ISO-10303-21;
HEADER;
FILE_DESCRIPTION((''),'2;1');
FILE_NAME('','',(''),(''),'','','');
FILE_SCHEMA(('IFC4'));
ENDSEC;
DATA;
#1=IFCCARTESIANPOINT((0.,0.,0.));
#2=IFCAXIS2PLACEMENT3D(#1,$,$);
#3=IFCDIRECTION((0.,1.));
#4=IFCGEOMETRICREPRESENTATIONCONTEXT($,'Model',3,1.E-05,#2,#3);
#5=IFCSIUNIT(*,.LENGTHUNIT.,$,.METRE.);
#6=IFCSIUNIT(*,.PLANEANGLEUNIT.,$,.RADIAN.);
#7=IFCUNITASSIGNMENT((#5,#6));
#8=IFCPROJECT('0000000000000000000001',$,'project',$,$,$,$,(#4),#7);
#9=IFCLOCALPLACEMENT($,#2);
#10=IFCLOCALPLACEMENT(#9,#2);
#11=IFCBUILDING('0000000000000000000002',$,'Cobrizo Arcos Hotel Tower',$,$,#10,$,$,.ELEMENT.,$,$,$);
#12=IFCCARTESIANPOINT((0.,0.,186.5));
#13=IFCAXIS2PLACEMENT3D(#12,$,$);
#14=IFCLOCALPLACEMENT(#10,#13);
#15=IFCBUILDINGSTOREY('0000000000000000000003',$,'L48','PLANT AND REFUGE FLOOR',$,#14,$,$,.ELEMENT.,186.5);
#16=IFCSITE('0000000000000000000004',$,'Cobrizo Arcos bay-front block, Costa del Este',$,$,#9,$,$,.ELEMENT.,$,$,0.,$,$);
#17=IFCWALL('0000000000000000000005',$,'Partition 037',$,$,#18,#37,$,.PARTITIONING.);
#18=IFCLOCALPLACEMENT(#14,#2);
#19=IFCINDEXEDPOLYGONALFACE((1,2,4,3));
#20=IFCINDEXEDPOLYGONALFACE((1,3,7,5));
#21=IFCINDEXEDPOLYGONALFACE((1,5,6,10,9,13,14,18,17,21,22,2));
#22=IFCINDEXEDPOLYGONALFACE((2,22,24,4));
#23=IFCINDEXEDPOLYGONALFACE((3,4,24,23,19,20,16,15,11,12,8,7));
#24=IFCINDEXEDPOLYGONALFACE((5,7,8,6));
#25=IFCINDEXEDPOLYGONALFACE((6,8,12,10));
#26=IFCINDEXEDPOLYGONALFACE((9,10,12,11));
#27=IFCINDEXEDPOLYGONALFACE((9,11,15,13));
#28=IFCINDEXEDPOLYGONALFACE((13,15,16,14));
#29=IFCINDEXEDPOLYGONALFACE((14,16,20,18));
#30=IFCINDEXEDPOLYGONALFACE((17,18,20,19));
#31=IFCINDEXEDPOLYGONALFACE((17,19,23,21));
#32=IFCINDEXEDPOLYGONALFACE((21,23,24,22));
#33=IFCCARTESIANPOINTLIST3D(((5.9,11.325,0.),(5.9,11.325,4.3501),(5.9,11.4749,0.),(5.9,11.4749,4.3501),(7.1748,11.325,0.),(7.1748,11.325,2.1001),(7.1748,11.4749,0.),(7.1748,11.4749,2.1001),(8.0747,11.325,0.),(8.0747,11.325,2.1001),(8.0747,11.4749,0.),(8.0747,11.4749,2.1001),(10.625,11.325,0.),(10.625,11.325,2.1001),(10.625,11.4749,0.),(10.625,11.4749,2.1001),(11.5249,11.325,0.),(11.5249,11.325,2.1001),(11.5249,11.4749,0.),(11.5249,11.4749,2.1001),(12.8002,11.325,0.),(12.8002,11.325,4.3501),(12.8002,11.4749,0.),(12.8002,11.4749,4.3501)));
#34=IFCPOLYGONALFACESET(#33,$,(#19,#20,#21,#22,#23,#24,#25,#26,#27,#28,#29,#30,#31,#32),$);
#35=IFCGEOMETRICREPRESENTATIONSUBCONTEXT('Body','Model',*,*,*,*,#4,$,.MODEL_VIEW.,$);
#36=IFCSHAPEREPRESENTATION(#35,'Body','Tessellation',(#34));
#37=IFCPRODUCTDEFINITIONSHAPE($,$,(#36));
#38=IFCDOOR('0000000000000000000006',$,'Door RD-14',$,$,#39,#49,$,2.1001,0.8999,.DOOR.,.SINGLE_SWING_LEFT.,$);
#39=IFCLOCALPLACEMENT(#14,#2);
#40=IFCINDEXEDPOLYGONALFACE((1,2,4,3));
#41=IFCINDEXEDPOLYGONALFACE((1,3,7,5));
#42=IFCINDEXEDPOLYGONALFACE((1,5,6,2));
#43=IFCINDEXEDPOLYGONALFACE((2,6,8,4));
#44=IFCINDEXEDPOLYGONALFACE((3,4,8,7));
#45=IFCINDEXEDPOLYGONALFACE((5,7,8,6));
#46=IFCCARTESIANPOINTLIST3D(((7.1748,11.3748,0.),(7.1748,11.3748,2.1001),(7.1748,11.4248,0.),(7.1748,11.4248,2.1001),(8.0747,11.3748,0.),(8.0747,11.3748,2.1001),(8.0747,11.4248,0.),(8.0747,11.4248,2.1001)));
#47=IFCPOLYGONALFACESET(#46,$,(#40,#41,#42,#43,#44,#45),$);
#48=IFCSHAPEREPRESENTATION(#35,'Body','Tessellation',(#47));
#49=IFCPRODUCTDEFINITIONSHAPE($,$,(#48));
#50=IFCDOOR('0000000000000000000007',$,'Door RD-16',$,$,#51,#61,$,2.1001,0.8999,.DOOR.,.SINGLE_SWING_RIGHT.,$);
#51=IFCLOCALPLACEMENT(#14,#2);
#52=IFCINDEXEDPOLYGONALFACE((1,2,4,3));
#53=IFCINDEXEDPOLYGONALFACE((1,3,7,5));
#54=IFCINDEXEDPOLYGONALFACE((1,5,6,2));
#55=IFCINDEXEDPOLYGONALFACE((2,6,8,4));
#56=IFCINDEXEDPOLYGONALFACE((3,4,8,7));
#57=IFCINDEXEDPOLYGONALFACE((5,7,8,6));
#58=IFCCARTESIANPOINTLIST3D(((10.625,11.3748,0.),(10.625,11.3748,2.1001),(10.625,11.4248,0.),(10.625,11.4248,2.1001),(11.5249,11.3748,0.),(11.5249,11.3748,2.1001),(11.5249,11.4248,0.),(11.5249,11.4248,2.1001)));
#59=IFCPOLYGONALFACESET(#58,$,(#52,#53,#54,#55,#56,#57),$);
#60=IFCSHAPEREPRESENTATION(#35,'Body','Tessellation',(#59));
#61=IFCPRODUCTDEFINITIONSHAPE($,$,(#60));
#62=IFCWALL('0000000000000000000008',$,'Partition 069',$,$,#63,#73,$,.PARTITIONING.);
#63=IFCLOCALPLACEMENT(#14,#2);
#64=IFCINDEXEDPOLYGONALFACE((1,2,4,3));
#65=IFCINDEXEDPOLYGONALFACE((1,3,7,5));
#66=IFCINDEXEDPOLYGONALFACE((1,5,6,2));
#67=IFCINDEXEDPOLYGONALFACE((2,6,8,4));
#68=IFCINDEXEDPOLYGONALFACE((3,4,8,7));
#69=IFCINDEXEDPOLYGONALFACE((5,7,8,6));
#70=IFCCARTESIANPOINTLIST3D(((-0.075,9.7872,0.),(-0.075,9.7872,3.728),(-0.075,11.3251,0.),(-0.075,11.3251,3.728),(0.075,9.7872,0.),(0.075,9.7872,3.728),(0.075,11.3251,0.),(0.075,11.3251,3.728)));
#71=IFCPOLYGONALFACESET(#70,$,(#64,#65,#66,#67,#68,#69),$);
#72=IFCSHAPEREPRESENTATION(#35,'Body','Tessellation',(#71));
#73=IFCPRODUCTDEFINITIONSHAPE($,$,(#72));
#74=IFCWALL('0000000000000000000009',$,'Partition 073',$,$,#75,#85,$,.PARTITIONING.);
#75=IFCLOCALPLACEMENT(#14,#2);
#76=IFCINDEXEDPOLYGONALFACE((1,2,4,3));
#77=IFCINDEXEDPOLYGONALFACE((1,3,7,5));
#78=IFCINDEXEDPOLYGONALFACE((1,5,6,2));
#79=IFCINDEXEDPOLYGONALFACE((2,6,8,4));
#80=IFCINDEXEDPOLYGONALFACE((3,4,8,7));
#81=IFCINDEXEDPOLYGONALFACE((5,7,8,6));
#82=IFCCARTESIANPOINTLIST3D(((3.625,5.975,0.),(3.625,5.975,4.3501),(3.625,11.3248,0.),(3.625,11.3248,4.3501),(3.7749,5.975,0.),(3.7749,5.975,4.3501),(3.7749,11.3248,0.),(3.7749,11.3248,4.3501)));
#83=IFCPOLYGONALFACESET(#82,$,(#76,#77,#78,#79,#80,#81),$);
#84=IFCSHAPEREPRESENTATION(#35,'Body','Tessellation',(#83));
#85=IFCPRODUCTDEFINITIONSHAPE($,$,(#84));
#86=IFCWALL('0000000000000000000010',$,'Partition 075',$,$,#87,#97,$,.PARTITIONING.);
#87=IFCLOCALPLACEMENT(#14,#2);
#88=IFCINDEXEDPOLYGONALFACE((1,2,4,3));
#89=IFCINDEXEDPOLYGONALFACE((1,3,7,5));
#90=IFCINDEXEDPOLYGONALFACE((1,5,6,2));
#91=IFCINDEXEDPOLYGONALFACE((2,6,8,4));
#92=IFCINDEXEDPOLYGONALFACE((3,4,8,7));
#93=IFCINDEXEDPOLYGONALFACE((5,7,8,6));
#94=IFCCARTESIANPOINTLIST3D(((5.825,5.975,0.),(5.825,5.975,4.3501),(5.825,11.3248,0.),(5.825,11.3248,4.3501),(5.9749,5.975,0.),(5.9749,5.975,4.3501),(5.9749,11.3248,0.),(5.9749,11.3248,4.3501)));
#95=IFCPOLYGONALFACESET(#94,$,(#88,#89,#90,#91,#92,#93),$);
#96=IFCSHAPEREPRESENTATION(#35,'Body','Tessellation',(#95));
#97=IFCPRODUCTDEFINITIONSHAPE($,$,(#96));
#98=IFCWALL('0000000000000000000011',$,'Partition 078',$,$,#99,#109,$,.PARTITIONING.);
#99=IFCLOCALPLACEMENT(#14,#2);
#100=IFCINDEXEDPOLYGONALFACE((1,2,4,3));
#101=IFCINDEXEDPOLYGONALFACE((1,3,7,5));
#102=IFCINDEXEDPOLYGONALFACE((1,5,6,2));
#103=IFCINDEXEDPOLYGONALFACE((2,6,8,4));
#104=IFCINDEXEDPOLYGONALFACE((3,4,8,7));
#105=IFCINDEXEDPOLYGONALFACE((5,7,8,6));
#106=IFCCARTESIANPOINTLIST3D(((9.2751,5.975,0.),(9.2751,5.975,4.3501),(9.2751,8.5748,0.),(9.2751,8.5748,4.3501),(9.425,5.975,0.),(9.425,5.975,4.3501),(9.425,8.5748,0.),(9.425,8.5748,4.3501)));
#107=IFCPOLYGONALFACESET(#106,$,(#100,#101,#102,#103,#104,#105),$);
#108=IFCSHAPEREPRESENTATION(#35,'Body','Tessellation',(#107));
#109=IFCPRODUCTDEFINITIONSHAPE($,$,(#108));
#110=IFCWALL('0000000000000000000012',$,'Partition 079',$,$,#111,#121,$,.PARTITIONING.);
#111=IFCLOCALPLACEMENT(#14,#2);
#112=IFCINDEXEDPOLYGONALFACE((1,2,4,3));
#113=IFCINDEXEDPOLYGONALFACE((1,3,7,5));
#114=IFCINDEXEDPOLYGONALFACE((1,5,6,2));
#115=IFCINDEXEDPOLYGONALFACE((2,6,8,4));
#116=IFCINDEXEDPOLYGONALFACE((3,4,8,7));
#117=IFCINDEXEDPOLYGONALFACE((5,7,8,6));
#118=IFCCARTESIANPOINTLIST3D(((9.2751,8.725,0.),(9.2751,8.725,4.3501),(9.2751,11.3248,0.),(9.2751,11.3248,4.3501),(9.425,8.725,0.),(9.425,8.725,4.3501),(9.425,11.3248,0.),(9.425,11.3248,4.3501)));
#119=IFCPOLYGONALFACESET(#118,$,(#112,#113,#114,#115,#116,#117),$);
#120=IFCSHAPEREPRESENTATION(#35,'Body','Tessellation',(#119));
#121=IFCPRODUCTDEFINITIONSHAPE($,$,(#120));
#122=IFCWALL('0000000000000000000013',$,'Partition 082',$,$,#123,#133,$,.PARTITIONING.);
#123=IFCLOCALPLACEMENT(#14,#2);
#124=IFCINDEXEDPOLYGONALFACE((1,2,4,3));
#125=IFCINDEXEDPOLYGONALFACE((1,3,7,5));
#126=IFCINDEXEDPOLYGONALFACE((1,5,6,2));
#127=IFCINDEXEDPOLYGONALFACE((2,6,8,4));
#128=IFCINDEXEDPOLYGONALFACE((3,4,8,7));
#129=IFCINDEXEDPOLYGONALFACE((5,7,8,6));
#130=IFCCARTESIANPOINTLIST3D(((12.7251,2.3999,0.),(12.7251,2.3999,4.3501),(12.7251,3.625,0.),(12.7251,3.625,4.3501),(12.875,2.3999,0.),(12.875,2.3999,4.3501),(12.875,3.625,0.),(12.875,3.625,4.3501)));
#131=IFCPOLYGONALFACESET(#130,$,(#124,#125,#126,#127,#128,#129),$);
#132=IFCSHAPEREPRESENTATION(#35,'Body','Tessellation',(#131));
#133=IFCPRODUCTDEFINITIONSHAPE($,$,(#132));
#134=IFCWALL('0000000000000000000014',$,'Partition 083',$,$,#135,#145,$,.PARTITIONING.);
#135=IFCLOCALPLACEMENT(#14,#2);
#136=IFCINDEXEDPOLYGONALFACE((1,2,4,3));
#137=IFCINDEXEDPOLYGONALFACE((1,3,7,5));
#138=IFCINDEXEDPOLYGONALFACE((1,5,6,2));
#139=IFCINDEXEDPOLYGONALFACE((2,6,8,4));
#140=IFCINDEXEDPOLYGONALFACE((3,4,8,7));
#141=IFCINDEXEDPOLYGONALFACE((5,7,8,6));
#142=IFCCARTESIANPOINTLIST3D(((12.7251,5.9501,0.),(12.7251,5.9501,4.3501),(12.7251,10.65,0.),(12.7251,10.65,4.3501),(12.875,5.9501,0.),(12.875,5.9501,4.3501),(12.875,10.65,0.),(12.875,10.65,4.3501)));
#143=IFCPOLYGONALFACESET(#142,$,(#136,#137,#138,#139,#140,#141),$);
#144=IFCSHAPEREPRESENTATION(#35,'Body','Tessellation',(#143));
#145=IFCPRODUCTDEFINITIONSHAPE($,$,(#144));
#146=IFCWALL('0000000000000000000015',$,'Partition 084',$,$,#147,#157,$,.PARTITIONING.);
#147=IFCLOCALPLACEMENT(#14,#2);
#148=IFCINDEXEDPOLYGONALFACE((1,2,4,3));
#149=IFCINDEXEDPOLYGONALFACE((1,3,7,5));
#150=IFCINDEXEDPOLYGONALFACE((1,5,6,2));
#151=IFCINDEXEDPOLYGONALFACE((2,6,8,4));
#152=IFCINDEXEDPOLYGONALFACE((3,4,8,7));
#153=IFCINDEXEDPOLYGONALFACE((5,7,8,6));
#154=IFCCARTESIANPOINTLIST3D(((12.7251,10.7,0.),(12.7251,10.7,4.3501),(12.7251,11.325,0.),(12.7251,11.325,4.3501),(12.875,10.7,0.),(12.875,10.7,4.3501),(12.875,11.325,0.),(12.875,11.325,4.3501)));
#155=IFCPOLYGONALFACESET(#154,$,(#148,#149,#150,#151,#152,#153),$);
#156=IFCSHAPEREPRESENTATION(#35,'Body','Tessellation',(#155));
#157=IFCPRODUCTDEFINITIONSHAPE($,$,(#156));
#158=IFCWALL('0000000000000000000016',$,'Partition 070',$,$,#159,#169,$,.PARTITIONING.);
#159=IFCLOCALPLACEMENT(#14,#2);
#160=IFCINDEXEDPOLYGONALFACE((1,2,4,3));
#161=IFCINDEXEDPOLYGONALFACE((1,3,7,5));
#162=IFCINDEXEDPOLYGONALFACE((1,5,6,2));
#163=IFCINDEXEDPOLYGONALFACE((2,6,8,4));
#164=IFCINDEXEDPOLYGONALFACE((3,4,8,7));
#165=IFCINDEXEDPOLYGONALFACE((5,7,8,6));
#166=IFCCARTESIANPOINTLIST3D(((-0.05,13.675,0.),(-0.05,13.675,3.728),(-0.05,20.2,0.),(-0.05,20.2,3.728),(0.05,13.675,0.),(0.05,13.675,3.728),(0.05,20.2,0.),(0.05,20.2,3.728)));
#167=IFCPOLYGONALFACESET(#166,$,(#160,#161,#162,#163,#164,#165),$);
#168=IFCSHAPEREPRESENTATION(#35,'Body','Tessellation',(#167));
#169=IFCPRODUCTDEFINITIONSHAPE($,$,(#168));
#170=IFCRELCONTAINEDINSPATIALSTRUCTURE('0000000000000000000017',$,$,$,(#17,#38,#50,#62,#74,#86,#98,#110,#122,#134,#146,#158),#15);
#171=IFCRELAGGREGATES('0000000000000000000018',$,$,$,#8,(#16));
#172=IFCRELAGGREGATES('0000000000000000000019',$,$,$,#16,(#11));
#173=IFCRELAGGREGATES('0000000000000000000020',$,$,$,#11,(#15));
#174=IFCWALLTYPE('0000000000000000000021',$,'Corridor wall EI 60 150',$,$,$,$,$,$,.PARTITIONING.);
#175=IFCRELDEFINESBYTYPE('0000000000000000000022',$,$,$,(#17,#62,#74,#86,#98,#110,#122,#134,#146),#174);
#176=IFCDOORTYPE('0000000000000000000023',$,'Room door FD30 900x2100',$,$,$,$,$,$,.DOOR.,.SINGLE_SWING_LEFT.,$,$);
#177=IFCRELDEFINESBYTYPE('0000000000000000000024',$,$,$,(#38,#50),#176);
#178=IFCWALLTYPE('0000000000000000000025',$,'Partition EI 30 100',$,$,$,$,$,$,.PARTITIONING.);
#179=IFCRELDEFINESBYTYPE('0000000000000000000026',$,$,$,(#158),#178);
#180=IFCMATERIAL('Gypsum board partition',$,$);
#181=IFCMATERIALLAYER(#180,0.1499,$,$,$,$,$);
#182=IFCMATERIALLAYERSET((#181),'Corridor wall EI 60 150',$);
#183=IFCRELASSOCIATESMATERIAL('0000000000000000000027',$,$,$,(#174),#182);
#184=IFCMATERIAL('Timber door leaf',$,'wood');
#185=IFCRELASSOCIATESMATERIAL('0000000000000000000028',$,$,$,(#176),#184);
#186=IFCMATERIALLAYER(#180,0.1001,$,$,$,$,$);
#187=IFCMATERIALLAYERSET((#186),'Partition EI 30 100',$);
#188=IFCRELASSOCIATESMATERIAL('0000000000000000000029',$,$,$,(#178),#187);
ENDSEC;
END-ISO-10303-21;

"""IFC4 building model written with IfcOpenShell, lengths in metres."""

from ifc_helpers import new_model, si_unit, direction, frame, frame_2d, origin, place, context, subcontext, project, spatial, rectangle, extrude, material, layer, layer_set, type_object, element, fill, save


model = new_model("IFC4")

# Units and contexts
model_context = context("Model", 3, precision=1e-05, world=origin(), true_north=direction((0.0, 1.0)))
body_context = subcontext(model_context, "Body", "Model", "MODEL_VIEW")
ifc_project = project(units=[si_unit("LENGTHUNIT", "METRE"), si_unit("PLANEANGLEUNIT", "RADIAN")], contexts=[model_context])

# Site, building, storey
site_placement = place(None, origin())
site = spatial("IfcSite", under=ifc_project, at=site_placement, Name="Cobrizo Arcos bay-front block, Costa del Este", CompositionType="ELEMENT", RefElevation=0.0)
building_placement = place(site_placement, origin())
building = spatial("IfcBuilding", under=site, at=building_placement, Name="Cobrizo Arcos Hotel Tower", CompositionType="ELEMENT")
storey_placement = place(building_placement, frame((0.0, 0.0, 186.5)))
storey = spatial("IfcBuildingStorey", under=building, at=storey_placement, Name="L48", Description="PLANT AND REFUGE FLOOR", CompositionType="ELEMENT", Elevation=186.5)

# Shared definitions
ifc_material_1 = material(Name="Gypsum board partition")
ifc_layer_1 = layer(ifc_material_1, 0.1499)
ifc_layer_set_1 = layer_set([ifc_layer_1], Name="Corridor wall EI 60 150")
wall_type_1 = type_object("IfcWallType", Name="Corridor wall EI 60 150", PredefinedType="PARTITIONING", material=ifc_layer_set_1)
ifc_material_2 = material(Name="Timber door leaf", Category="wood")
door_type_1 = type_object("IfcDoorType", Name="Room door FD30 900x2100", OperationType="SINGLE_SWING_LEFT", PredefinedType="DOOR", material=ifc_material_2)

# Wall, openings, doors
wall_1_placement = place(storey_placement, frame((5.8999, 11.3999, 0.0), z_axis=(0.0, 0.0, 1.0), x_axis=(1.0, 0.0, 0.0)))
wall_1 = element("IfcWall", 1, at=wall_1_placement, inside=storey, type_object=wall_type_1, Name="Partition 037", PredefinedType="PARTITIONING", context=body_context, shape_type="SweptSolid", body=[
    extrude(rectangle(XDim=6.9001, YDim=0.1499, at=frame_2d((3.4502, 0.0))), origin(), (0.0, 0.0, 1.0), 4.3501),
])
opening_1_placement = place(wall_1_placement, frame((1.2749, 0.0, 0.0)))
opening_1 = element("IfcOpeningElement", 2, at=opening_1_placement, cuts=wall_1, PredefinedType="OPENING", context=body_context, shape_type="SweptSolid", body=[
    extrude(rectangle(XDim=0.8999, YDim=2.1001, at=frame_2d((0.45, 1.05))), frame((0.0, 0.0869, 0.0), z_axis=(0.0, -1.0, 0.0), x_axis=(1.0, 0.0, 0.0)), (0.0, 0.0, 1.0), 0.1738),
])
opening_2_placement = place(wall_1_placement, frame((4.7251, 0.0, 0.0)))
opening_2 = element("IfcOpeningElement", 3, at=opening_2_placement, cuts=wall_1, PredefinedType="OPENING", context=body_context, shape_type="SweptSolid", body=[
    extrude(rectangle(XDim=0.8999, YDim=2.1001, at=frame_2d((0.45, 1.05))), frame((0.0, 0.0869, 0.0), z_axis=(0.0, -1.0, 0.0), x_axis=(1.0, 0.0, 0.0)), (0.0, 0.0, 1.0), 0.1738),
])
door_1_placement = place(opening_1_placement, origin())
door_1 = element("IfcDoor", 4, at=door_1_placement, inside=storey, type_object=door_type_1, Name="Door RD-14", OperationType="SINGLE_SWING_LEFT", OverallHeight=2.1001, OverallWidth=0.8999, PredefinedType="DOOR", context=body_context, shape_type="SweptSolid", body=[
    extrude(rectangle(XDim=0.8999, YDim=2.1001, at=frame_2d((0.45, 1.05))), frame((0.0, 0.0249, 0.0), z_axis=(0.0, -1.0, 0.0), x_axis=(1.0, 0.0, 0.0)), (0.0, 0.0, 1.0), 0.05),
])
fill(opening_1, door_1)
door_2_placement = place(opening_2_placement, origin())
door_2 = element("IfcDoor", 5, at=door_2_placement, inside=storey, type_object=door_type_1, Name="Door RD-16", OperationType="SINGLE_SWING_RIGHT", OverallHeight=2.1001, OverallWidth=0.8999, PredefinedType="DOOR", context=body_context, shape_type="SweptSolid", body=[
    extrude(rectangle(XDim=0.8999, YDim=2.1001, at=frame_2d((0.45, 1.05))), frame((0.0, 0.0249, 0.0), z_axis=(0.0, -1.0, 0.0), x_axis=(1.0, 0.0, 0.0)), (0.0, 0.0, 1.0), 0.05),
])
fill(opening_2, door_2)

# Walls
wall_2_placement = place(storey_placement, frame((0.0, 9.7871, 0.0), z_axis=(0.0, 0.0, 1.0), x_axis=(0.0, 1.0, 0.0)))
element("IfcWall", 6, at=wall_2_placement, inside=storey, type_object=wall_type_1, Name="Partition 069", PredefinedType="PARTITIONING", context=body_context, shape_type="SweptSolid", body=[
    extrude(rectangle(XDim=1.5378, YDim=0.1499, at=frame_2d((0.769, 0.0))), origin(), (0.0, 0.0, 1.0), 3.728),
])
for number, where, z_axis, x_axis, name in (
    (7, (3.7, 5.9751, 0.0), (0.0, 0.0, 1.0), (0.0, 1.0, 0.0), "Partition 073"),
    (8, (5.8999, 5.9751, 0.0), (0.0, 0.0, 1.0), (0.0, 1.0, 0.0), "Partition 075"),
):
    element("IfcWall", number, at=place(storey_placement, frame(where, z_axis=z_axis, x_axis=x_axis)), inside=storey, type_object=wall_type_1, Name=name, PredefinedType="PARTITIONING", context=body_context, shape_type="SweptSolid", body=[
        extrude(rectangle(XDim=5.3499, YDim=0.1499, at=frame_2d((2.6748, 0.0))), origin(), (0.0, 0.0, 1.0), 4.3501),
    ])
for number, where, z_axis, x_axis, name in (
    (9, (9.3501, 5.9751, 0.0), (0.0, 0.0, 1.0), (0.0, 1.0, 0.0), "Partition 078"),
    (10, (9.3501, 8.7251, 0.0), (0.0, 0.0, 1.0), (0.0, 1.0, 0.0), "Partition 079"),
):
    element("IfcWall", number, at=place(storey_placement, frame(where, z_axis=z_axis, x_axis=x_axis)), inside=storey, type_object=wall_type_1, Name=name, PredefinedType="PARTITIONING", context=body_context, shape_type="SweptSolid", body=[
        extrude(rectangle(XDim=2.5999, YDim=0.1499, at=frame_2d((1.2998, 0.0))), origin(), (0.0, 0.0, 1.0), 4.3501),
    ])
wall_3_placement = place(storey_placement, frame((12.8, 2.3999, 0.0), z_axis=(0.0, 0.0, 1.0), x_axis=(0.0, 1.0, 0.0)))
element("IfcWall", 11, at=wall_3_placement, inside=storey, type_object=wall_type_1, Name="Partition 082", PredefinedType="PARTITIONING", context=body_context, shape_type="SweptSolid", body=[
    extrude(rectangle(XDim=1.2251, YDim=0.1499, at=frame_2d((0.6125, 0.0))), origin(), (0.0, 0.0, 1.0), 4.3501),
])
wall_4_placement = place(storey_placement, frame((12.8, 5.95, 0.0), z_axis=(0.0, 0.0, 1.0), x_axis=(0.0, 1.0, 0.0)))
element("IfcWall", 12, at=wall_4_placement, inside=storey, type_object=wall_type_1, Name="Partition 083", PredefinedType="PARTITIONING", context=body_context, shape_type="SweptSolid", body=[
    extrude(rectangle(XDim=4.7, YDim=0.1499, at=frame_2d((2.3501, 0.0))), origin(), (0.0, 0.0, 1.0), 4.3501),
])
wall_5_placement = place(storey_placement, frame((12.8, 10.7, 0.0), z_axis=(0.0, 0.0, 1.0), x_axis=(0.0, 1.0, 0.0)))
element("IfcWall", 13, at=wall_5_placement, inside=storey, type_object=wall_type_1, Name="Partition 084", PredefinedType="PARTITIONING", context=body_context, shape_type="SweptSolid", body=[
    extrude(rectangle(XDim=0.625, YDim=0.1499, at=frame_2d((0.3125, 0.0))), origin(), (0.0, 0.0, 1.0), 4.3501),
])
ifc_layer_2 = layer(ifc_material_1, 0.1001)
ifc_layer_set_2 = layer_set([ifc_layer_2], Name="Partition EI 30 100")
wall_type_2 = type_object("IfcWallType", Name="Partition EI 30 100", PredefinedType="PARTITIONING", material=ifc_layer_set_2)
wall_6_placement = place(storey_placement, frame((0.0, 13.675, 0.0), z_axis=(0.0, 0.0, 1.0), x_axis=(0.0, 1.0, 0.0)))
element("IfcWall", 14, at=wall_6_placement, inside=storey, type_object=wall_type_2, Name="Partition 070", PredefinedType="PARTITIONING", context=body_context, shape_type="SweptSolid", body=[
    extrude(rectangle(XDim=6.5249, YDim=0.1001, at=frame_2d((3.2625, 0.0))), origin(), (0.0, 0.0, 1.0), 3.728),
])

save(model, "model.ifc")
